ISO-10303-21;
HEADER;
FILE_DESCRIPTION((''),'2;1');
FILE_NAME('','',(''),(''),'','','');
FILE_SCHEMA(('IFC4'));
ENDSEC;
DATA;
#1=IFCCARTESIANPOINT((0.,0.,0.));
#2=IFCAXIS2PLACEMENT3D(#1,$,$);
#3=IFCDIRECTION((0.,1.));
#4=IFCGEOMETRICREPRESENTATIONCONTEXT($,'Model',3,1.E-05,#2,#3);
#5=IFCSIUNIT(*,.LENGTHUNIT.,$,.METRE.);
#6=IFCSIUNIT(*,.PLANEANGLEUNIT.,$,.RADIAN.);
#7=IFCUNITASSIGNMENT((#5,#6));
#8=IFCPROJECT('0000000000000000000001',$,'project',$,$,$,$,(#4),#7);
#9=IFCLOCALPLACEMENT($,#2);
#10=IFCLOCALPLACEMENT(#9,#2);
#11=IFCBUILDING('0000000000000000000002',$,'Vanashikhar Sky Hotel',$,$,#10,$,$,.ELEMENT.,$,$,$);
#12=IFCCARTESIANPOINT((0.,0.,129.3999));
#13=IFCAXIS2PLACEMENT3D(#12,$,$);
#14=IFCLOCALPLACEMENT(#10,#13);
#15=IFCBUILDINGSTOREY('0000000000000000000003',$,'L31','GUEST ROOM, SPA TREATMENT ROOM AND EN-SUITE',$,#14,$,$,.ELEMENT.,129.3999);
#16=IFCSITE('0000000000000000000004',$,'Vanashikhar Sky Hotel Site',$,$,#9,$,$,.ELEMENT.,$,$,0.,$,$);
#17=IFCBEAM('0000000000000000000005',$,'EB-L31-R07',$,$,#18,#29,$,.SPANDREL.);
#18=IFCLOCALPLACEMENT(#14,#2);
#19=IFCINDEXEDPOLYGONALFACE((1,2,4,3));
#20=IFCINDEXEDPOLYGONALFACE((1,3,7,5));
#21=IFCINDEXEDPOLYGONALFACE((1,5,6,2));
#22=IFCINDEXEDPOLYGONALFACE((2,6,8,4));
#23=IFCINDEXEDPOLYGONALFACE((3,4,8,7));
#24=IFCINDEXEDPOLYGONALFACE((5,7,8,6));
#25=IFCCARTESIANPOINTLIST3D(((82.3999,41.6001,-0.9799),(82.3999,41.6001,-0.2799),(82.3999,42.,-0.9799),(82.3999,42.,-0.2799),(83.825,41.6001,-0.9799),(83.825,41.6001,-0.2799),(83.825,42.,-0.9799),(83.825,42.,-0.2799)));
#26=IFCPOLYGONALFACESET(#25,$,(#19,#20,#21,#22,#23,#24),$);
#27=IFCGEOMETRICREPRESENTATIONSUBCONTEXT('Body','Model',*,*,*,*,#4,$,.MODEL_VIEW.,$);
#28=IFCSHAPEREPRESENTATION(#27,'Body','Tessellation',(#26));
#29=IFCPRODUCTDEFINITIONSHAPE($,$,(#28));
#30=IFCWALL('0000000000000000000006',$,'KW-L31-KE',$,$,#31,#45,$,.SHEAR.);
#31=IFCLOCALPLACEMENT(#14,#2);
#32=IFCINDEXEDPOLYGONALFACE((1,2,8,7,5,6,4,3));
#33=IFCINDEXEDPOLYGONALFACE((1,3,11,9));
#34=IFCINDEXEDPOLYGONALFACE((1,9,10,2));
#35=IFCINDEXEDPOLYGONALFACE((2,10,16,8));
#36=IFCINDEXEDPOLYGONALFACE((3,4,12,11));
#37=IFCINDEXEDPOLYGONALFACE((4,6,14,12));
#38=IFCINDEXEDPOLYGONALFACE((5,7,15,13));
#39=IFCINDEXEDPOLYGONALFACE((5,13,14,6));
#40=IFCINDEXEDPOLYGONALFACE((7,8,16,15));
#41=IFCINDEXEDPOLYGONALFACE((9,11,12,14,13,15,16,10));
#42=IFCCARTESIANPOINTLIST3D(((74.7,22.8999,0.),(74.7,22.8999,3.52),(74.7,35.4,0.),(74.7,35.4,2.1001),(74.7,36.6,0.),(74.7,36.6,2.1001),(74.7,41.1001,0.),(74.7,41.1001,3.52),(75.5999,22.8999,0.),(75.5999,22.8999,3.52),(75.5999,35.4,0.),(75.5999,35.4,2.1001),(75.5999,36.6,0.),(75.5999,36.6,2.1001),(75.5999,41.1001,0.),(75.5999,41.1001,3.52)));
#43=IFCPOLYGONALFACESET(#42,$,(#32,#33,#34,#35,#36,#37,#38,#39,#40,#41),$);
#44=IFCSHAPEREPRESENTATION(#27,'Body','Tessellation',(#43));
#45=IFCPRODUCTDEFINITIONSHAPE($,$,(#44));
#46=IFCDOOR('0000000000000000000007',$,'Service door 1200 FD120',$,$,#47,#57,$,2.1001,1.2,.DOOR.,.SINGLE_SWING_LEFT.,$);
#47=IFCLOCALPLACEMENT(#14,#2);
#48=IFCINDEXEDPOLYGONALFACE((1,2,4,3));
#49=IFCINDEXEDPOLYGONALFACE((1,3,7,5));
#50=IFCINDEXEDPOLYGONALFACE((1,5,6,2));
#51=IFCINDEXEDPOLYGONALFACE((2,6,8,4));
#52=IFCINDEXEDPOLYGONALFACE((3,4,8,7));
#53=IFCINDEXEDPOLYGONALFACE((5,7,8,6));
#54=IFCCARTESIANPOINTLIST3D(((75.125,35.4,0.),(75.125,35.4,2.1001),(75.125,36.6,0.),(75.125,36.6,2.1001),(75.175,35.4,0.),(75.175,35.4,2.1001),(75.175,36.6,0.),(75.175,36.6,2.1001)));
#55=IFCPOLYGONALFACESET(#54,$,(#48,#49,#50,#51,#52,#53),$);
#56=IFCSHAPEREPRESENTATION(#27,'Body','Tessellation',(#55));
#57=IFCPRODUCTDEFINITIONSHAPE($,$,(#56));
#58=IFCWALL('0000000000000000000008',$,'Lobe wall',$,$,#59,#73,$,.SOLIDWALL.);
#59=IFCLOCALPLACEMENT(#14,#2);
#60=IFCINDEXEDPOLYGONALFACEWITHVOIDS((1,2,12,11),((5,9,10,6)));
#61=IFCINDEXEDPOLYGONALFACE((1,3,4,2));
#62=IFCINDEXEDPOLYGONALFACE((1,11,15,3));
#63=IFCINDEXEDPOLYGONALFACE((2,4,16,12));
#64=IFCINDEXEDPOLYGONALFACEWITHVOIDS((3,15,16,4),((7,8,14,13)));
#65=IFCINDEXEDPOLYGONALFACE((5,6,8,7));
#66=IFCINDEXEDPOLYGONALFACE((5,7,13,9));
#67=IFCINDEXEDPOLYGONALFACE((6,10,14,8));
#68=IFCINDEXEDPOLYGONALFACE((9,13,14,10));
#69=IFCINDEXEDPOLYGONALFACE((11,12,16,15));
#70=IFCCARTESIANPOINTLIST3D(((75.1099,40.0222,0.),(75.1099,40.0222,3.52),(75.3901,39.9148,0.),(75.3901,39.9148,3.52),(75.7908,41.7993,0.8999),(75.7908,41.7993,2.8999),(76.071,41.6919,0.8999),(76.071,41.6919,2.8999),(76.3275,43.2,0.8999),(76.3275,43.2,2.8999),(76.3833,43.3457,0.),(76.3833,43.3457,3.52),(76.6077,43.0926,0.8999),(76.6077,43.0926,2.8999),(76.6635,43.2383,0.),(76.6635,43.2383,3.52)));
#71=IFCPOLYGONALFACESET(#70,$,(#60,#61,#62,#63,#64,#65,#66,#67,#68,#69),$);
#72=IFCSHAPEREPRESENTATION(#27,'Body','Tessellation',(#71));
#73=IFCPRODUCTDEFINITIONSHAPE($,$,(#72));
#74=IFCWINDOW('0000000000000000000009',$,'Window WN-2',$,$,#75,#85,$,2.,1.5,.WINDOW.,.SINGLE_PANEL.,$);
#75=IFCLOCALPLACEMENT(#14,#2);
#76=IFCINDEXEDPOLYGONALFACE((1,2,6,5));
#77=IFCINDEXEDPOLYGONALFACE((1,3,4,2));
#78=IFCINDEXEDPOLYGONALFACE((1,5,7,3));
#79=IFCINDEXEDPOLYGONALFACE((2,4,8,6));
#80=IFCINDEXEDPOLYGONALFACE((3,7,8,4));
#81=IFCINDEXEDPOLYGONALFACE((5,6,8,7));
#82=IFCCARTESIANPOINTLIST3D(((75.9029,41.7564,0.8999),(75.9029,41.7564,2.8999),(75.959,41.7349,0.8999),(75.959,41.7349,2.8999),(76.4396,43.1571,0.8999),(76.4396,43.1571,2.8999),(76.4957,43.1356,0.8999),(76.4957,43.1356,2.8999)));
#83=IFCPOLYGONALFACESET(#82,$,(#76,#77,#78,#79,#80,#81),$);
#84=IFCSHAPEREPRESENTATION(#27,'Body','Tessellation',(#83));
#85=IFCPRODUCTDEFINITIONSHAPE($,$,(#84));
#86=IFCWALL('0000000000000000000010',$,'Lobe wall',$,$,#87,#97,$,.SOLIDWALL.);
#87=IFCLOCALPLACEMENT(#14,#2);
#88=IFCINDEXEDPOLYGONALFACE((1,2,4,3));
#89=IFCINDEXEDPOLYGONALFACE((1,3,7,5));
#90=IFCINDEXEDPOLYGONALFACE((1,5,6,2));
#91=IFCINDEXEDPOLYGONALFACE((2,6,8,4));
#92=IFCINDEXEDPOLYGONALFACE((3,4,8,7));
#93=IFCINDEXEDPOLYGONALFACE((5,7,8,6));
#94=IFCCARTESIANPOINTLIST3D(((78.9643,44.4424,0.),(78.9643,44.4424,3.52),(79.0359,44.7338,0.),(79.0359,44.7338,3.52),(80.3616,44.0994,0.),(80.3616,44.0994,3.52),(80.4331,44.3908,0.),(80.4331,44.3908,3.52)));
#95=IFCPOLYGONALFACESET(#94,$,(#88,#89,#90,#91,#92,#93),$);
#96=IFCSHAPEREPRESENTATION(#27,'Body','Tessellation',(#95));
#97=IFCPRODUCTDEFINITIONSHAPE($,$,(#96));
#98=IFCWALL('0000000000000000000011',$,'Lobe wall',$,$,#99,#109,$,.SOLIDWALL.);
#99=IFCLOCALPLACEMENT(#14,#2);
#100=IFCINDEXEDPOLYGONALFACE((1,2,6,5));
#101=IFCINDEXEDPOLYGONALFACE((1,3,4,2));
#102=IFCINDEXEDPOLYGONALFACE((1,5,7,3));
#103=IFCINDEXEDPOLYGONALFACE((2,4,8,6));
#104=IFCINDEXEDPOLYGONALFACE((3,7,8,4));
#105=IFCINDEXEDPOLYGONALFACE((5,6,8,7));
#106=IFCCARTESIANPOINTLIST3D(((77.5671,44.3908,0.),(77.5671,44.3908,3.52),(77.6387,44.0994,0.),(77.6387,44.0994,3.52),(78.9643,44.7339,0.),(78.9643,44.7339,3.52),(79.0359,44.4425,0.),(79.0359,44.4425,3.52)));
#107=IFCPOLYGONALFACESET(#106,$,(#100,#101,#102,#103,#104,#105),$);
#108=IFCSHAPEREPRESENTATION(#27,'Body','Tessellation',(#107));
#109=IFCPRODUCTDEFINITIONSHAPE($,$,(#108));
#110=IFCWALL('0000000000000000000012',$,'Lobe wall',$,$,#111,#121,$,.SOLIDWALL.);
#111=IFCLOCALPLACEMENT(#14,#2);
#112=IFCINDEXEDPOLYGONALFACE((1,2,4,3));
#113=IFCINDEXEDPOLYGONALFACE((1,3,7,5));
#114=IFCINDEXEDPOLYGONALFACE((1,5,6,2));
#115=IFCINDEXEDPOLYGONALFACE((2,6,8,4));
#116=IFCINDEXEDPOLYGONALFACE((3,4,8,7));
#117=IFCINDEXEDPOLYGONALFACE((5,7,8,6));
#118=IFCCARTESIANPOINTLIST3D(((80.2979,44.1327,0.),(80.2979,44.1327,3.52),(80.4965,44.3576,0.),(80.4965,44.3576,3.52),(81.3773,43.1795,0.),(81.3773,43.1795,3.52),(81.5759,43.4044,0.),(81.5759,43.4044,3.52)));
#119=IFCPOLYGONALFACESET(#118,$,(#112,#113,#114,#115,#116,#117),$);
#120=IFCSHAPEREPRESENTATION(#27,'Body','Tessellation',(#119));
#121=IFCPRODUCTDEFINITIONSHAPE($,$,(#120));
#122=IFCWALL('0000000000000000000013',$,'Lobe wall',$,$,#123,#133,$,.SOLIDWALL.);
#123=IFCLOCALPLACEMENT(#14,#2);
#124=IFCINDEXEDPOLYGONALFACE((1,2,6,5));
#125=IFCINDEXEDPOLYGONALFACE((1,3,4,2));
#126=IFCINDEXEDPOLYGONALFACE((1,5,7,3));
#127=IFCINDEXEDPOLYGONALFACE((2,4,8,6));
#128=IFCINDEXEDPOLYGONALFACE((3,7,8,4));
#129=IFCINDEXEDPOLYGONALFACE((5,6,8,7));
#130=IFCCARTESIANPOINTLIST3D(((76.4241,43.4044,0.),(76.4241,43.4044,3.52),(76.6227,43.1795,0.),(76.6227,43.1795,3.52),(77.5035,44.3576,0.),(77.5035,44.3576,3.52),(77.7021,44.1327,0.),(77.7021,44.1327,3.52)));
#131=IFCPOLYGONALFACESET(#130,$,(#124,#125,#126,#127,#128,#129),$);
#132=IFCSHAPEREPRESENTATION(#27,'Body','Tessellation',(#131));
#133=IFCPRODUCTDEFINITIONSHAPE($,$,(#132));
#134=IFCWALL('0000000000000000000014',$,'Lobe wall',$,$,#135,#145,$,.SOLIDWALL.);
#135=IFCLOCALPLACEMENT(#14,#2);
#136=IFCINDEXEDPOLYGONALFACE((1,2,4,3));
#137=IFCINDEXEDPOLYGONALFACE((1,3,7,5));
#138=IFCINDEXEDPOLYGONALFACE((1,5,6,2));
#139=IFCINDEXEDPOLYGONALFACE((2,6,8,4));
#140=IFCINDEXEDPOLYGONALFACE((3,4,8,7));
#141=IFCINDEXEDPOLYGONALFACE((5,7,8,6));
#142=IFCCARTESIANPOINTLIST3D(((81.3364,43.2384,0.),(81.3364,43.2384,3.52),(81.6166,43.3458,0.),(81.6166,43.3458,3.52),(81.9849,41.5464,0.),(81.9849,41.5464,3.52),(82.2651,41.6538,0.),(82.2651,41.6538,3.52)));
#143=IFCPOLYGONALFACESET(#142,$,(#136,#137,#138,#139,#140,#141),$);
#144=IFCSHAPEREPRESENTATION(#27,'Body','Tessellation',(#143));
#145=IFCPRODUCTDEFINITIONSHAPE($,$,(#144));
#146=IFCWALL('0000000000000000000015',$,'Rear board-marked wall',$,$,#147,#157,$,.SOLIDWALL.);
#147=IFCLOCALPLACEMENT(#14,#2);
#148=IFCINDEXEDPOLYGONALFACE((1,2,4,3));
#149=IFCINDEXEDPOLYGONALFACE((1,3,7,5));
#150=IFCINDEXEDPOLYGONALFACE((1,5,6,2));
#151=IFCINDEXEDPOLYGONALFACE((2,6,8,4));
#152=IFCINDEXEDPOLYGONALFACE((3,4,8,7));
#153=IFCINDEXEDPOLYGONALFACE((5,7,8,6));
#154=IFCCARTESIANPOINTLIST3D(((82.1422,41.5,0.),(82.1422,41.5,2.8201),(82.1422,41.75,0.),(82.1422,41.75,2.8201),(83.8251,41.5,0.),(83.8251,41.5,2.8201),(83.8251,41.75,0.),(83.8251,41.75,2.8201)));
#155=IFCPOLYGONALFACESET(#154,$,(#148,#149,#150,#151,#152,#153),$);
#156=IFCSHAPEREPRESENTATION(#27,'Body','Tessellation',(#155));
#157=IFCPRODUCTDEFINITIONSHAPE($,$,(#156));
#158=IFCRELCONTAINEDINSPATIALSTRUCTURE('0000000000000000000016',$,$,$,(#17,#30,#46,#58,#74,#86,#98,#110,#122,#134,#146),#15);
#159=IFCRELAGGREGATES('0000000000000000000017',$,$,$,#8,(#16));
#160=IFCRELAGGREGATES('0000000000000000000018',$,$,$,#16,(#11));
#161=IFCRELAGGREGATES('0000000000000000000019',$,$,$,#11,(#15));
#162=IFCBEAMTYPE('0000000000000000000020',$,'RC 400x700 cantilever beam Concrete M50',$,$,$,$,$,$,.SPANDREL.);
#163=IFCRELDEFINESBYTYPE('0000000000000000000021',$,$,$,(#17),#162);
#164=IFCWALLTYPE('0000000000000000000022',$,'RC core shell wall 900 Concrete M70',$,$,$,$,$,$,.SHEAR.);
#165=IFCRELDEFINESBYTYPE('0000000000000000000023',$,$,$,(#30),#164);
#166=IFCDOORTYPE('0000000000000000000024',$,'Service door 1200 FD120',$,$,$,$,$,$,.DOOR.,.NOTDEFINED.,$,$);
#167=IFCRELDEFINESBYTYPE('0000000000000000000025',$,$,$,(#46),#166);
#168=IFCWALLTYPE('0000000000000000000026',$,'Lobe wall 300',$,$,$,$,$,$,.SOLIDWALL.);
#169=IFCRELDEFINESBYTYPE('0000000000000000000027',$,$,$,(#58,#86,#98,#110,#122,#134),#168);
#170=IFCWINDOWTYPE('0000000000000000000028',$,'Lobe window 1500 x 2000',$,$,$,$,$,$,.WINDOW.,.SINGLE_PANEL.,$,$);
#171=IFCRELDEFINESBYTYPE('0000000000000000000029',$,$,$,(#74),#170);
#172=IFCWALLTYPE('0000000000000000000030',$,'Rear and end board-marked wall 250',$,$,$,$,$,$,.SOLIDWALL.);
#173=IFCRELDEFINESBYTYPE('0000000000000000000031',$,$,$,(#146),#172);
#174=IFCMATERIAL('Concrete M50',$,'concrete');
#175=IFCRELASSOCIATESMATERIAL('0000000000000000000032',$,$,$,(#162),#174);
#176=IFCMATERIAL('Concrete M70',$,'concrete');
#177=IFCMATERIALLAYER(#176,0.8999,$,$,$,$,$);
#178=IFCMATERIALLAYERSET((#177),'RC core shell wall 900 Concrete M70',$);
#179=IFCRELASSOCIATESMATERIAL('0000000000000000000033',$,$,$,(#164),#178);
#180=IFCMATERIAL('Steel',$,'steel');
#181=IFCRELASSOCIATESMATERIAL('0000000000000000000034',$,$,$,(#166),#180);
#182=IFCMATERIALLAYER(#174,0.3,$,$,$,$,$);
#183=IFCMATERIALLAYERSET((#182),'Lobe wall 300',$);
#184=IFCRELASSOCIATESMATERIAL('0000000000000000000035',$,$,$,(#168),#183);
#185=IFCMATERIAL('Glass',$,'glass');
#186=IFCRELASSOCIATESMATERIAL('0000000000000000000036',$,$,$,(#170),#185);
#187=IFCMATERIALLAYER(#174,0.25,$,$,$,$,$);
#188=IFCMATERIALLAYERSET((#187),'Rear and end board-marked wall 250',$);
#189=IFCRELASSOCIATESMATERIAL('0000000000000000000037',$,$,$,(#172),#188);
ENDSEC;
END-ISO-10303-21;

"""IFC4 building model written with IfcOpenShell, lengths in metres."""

from ifc_helpers import new_model, si_unit, direction, frame, frame_2d, origin, origin_2d, place, context, subcontext, project, spatial, rectangle, extrude, source, transform, mapped, material, layer, layer_set, material_profile, profile_set, type_object, element, fill, save


model = new_model("IFC4")

# Units and contexts
model_context = context("Model", 3, precision=1e-05, world=origin(), true_north=direction((0.0, 1.0)))
body_context = subcontext(model_context, "Body", "Model", "MODEL_VIEW")
ifc_project = project(units=[si_unit("LENGTHUNIT", "METRE"), si_unit("PLANEANGLEUNIT", "RADIAN")], contexts=[model_context])

# Site, building, storey
site_placement = place(None, origin())
site = spatial("IfcSite", under=ifc_project, at=site_placement, Name="Vanashikhar Sky Hotel Site", CompositionType="ELEMENT", RefElevation=0.0)
building_placement = place(site_placement, origin())
building = spatial("IfcBuilding", under=site, at=building_placement, Name="Vanashikhar Sky Hotel", CompositionType="ELEMENT")
storey_placement = place(building_placement, frame((0.0, 0.0, 129.3999)))
storey = spatial("IfcBuildingStorey", under=building, at=storey_placement, Name="L31", Description="GUEST ROOM, SPA TREATMENT ROOM AND EN-SUITE", CompositionType="ELEMENT", Elevation=129.3999)

# Beam
ifc_material_1 = material(Name="Concrete M50", Category="concrete")
ifc_material_profile_1 = material_profile(ifc_material_1, rectangle(XDim=0.3999, YDim=0.7, at=origin_2d()))
ifc_profile_set_1 = profile_set([ifc_material_profile_1], Name="RC 400x700 cantilever beam Concrete M50")
beam_type = type_object("IfcBeamType", Name="RC 400x700 cantilever beam Concrete M50", PredefinedType="SPANDREL", material=ifc_profile_set_1)
shared_shape_1 = source(origin(), body_context, "Body", "SweptSolid", [
    extrude(rectangle(XDim=0.3999, YDim=0.7, at=origin_2d()), origin(), (0.0, 0.0, 1.0), 1.425),
])
beam_placement = place(storey_placement, frame((82.3999, 41.8, -0.6299), z_axis=(1.0, 0.0, 0.0), x_axis=(0.0, 1.0, 0.0)))
element("IfcBeam", 1, at=beam_placement, inside=storey, type_object=beam_type, Name="EB-L31-R07", PredefinedType="SPANDREL", context=body_context, shape_type="MappedRepresentation", body=[
    mapped(shared_shape_1, transform((0.0, 0.0, 0.0), scale=1.0)),
])

# Wall, opening, door
ifc_material_2 = material(Name="Concrete M70", Category="concrete")
ifc_layer_1 = layer(ifc_material_2, 0.8999)
ifc_layer_set_1 = layer_set([ifc_layer_1], Name="RC core shell wall 900 Concrete M70")
wall_type_1 = type_object("IfcWallType", Name="RC core shell wall 900 Concrete M70", PredefinedType="SHEAR", material=ifc_layer_set_1)
shared_shape_2 = source(origin(), body_context, "Body", "SweptSolid", [
    extrude(rectangle(XDim=18.2002, YDim=0.8999, at=frame_2d((9.1001, 0.0))), origin(), (0.0, 0.0, 1.0), 3.52),
])
wall_1_placement = place(storey_placement, frame((75.1499, 22.8999, 0.0), z_axis=(0.0, 0.0, 1.0), x_axis=(0.0, 1.0, 0.0)))
wall_1 = element("IfcWall", 2, at=wall_1_placement, inside=storey, type_object=wall_type_1, Name="KW-L31-KE", PredefinedType="SHEAR", context=body_context, shape_type="MappedRepresentation", body=[
    mapped(shared_shape_2, transform((0.0, 0.0, 0.0), scale=1.0)),
])
shared_shape_3 = source(origin(), body_context, "Body", "SweptSolid", [
    extrude(rectangle(XDim=1.2, YDim=2.1001, at=frame_2d((0.6001, 1.05))), frame((0.0, 0.46, 0.0), z_axis=(0.0, -1.0, 0.0), x_axis=(1.0, 0.0, 0.0)), (0.0, 0.0, 1.0), 0.9199),
])
opening_1_placement = place(wall_1_placement, frame((12.5, 0.0, 0.0)))
opening_1 = element("IfcOpeningElement", 3, at=opening_1_placement, cuts=wall_1, PredefinedType="OPENING", context=body_context, shape_type="MappedRepresentation", body=[
    mapped(shared_shape_3, transform((0.0, 0.0, 0.0), scale=1.0)),
])
ifc_material_3 = material(Name="Steel", Category="steel")
door_type_1 = type_object("IfcDoorType", Name="Service door 1200 FD120", OperationType="NOTDEFINED", PredefinedType="DOOR", material=ifc_material_3)
shared_shape_4 = source(origin(), body_context, "Body", "SweptSolid", [
    extrude(rectangle(XDim=1.2, YDim=2.1001, at=frame_2d((0.6001, 1.05))), frame((0.0, 0.0249, 0.0), z_axis=(0.0, -1.0, 0.0), x_axis=(1.0, 0.0, 0.0)), (0.0, 0.0, 1.0), 0.05),
])
door_1_placement = place(opening_1_placement, origin())
door_1 = element("IfcDoor", 4, at=door_1_placement, inside=storey, type_object=door_type_1, Name="Service door 1200 FD120", OperationType="SINGLE_SWING_LEFT", OverallHeight=2.1001, OverallWidth=1.2, PredefinedType="DOOR", context=body_context, shape_type="MappedRepresentation", body=[
    mapped(shared_shape_4, transform((0.0, 0.0, 0.0), scale=1.0)),
])
fill(opening_1, door_1)

# Wall, opening, window
ifc_layer_2 = layer(ifc_material_1, 0.3)
ifc_layer_set_2 = layer_set([ifc_layer_2], Name="Lobe wall 300")
wall_type_2 = type_object("IfcWallType", Name="Lobe wall 300", PredefinedType="SOLIDWALL", material=ifc_layer_set_2)
shared_shape_5 = source(origin(), body_context, "Body", "SweptSolid", [
    extrude(rectangle(XDim=3.5591, YDim=0.3, at=frame_2d((1.7795, 0.0))), origin(), (0.0, 0.0, 1.0), 3.52),
])
wall_2_placement = place(storey_placement, frame((76.5234, 43.292, 0.0), z_axis=(0.0, 0.0, 1.0), x_axis=(-0.357797, -0.933799, 0.0)))
wall_2 = element("IfcWall", 5, at=wall_2_placement, inside=storey, type_object=wall_type_2, Name="Lobe wall", PredefinedType="SOLIDWALL", context=body_context, shape_type="MappedRepresentation", body=[
    mapped(shared_shape_5, transform((0.0, 0.0, 0.0), scale=1.0)),
])
shared_shape_6 = source(origin(), body_context, "Body", "SweptSolid", [
    extrude(rectangle(XDim=1.5, YDim=2.0, at=frame_2d((0.75, 1.0))), frame((0.0, 0.1602, 0.0), z_axis=(0.0, -1.0, 0.0), x_axis=(1.0, 0.0, 0.0)), (0.0, 0.0, 1.0), 0.3201),
])
opening_2_placement = place(wall_2_placement, frame((0.156, 0.0, 0.8999)))
opening_2 = element("IfcOpeningElement", 6, at=opening_2_placement, cuts=wall_2, PredefinedType="OPENING", context=body_context, shape_type="MappedRepresentation", body=[
    mapped(shared_shape_6, transform((0.0, 0.0, 0.0), scale=1.0)),
])
ifc_material_4 = material(Name="Glass", Category="glass")
window_type = type_object("IfcWindowType", Name="Lobe window 1500 x 2000", PartitioningType="SINGLE_PANEL", PredefinedType="WINDOW", material=ifc_material_4)
shared_shape_7 = source(origin(), body_context, "Body", "SweptSolid", [
    extrude(rectangle(XDim=1.5, YDim=2.0, at=frame_2d((0.75, 1.0))), frame((0.0, 0.03, 0.0), z_axis=(0.0, -1.0, 0.0), x_axis=(1.0, 0.0, 0.0)), (0.0, 0.0, 1.0), 0.0601),
])
window_placement = place(opening_2_placement, origin())
window = element("IfcWindow", 7, at=window_placement, inside=storey, type_object=window_type, Name="Window WN-2", OverallHeight=2.0, OverallWidth=1.5, PartitioningType="SINGLE_PANEL", PredefinedType="WINDOW", context=body_context, shape_type="MappedRepresentation", body=[
    mapped(shared_shape_7, transform((0.0, 0.0, 0.0), scale=1.0)),
])
fill(opening_2, window)

# Walls
shared_shape_8 = source(origin(), body_context, "Body", "SweptSolid", [
    extrude(rectangle(XDim=1.4387, YDim=0.3, at=frame_2d((0.7192, 0.0))), origin(), (0.0, 0.0, 1.0), 3.52),
])
for number, where, z_axis, x_axis, name in (
    (8, (80.3972, 44.2451, 0.0), (0.0, 0.0, 1.0), (-0.971162, 0.238421, 0.0), "Lobe wall"),
    (9, (79.0, 44.5881, 0.0), (0.0, 0.0, 1.0), (-0.971162, -0.238421, 0.0), "Lobe wall"),
):
    element("IfcWall", number, at=place(storey_placement, frame(where, z_axis=z_axis, x_axis=x_axis)), inside=storey, type_object=wall_type_2, Name=name, PredefinedType="SOLIDWALL", context=body_context, shape_type="MappedRepresentation", body=[
        mapped(shared_shape_8, transform((0.0, 0.0, 0.0), scale=1.0)),
    ])
shared_shape_9 = source(origin(), body_context, "Body", "SweptSolid", [
    extrude(rectangle(XDim=1.4399, YDim=0.3, at=frame_2d((0.72, 0.0))), origin(), (0.0, 0.0, 1.0), 3.52),
])
for number, where, z_axis, x_axis, name in (
    (10, (81.4766, 43.292, 0.0), (0.0, 0.0, 1.0), (-0.749576, 0.661919, 0.0), "Lobe wall"),
    (11, (77.6028, 44.2451, 0.0), (0.0, 0.0, 1.0), (-0.749576, -0.661919, 0.0), "Lobe wall"),
):
    element("IfcWall", number, at=place(storey_placement, frame(where, z_axis=z_axis, x_axis=x_axis)), inside=storey, type_object=wall_type_2, Name=name, PredefinedType="SOLIDWALL", context=body_context, shape_type="MappedRepresentation", body=[
        mapped(shared_shape_9, transform((0.0, 0.0, 0.0), scale=1.0)),
    ])
shared_shape_10 = source(origin(), body_context, "Body", "SweptSolid", [
    extrude(rectangle(XDim=1.812, YDim=0.3, at=frame_2d((0.906, 0.0))), origin(), (0.0, 0.0, 1.0), 3.52),
])
wall_3_placement = place(storey_placement, frame((82.125, 41.6001, 0.0), z_axis=(0.0, 0.0, 1.0), x_axis=(-0.357877, 0.933769, 0.0)))
element("IfcWall", 12, at=wall_3_placement, inside=storey, type_object=wall_type_2, Name="Lobe wall", PredefinedType="SOLIDWALL", context=body_context, shape_type="MappedRepresentation", body=[
    mapped(shared_shape_10, transform((0.0, 0.0, 0.0), scale=1.0)),
])
ifc_layer_3 = layer(ifc_material_1, 0.25)
ifc_layer_set_3 = layer_set([ifc_layer_3], Name="Rear and end board-marked wall 250")
wall_type_3 = type_object("IfcWallType", Name="Rear and end board-marked wall 250", PredefinedType="SOLIDWALL", material=ifc_layer_set_3)
shared_shape_11 = source(origin(), body_context, "Body", "SweptSolid", [
    extrude(rectangle(XDim=1.6829, YDim=0.25, at=frame_2d((0.8413, 0.0))), origin(), (0.0, 0.0, 1.0), 2.8201),
])
wall_4_placement = place(storey_placement, frame((83.825, 41.625, 0.0), z_axis=(0.0, 0.0, 1.0), x_axis=(-1.0, 0.0, 0.0)))
element("IfcWall", 13, at=wall_4_placement, inside=storey, type_object=wall_type_3, Name="Rear board-marked wall", PredefinedType="SOLIDWALL", context=body_context, shape_type="MappedRepresentation", body=[
    mapped(shared_shape_11, transform((0.0, 0.0, 0.0), scale=1.0)),
])

save(model, "model.ifc")
